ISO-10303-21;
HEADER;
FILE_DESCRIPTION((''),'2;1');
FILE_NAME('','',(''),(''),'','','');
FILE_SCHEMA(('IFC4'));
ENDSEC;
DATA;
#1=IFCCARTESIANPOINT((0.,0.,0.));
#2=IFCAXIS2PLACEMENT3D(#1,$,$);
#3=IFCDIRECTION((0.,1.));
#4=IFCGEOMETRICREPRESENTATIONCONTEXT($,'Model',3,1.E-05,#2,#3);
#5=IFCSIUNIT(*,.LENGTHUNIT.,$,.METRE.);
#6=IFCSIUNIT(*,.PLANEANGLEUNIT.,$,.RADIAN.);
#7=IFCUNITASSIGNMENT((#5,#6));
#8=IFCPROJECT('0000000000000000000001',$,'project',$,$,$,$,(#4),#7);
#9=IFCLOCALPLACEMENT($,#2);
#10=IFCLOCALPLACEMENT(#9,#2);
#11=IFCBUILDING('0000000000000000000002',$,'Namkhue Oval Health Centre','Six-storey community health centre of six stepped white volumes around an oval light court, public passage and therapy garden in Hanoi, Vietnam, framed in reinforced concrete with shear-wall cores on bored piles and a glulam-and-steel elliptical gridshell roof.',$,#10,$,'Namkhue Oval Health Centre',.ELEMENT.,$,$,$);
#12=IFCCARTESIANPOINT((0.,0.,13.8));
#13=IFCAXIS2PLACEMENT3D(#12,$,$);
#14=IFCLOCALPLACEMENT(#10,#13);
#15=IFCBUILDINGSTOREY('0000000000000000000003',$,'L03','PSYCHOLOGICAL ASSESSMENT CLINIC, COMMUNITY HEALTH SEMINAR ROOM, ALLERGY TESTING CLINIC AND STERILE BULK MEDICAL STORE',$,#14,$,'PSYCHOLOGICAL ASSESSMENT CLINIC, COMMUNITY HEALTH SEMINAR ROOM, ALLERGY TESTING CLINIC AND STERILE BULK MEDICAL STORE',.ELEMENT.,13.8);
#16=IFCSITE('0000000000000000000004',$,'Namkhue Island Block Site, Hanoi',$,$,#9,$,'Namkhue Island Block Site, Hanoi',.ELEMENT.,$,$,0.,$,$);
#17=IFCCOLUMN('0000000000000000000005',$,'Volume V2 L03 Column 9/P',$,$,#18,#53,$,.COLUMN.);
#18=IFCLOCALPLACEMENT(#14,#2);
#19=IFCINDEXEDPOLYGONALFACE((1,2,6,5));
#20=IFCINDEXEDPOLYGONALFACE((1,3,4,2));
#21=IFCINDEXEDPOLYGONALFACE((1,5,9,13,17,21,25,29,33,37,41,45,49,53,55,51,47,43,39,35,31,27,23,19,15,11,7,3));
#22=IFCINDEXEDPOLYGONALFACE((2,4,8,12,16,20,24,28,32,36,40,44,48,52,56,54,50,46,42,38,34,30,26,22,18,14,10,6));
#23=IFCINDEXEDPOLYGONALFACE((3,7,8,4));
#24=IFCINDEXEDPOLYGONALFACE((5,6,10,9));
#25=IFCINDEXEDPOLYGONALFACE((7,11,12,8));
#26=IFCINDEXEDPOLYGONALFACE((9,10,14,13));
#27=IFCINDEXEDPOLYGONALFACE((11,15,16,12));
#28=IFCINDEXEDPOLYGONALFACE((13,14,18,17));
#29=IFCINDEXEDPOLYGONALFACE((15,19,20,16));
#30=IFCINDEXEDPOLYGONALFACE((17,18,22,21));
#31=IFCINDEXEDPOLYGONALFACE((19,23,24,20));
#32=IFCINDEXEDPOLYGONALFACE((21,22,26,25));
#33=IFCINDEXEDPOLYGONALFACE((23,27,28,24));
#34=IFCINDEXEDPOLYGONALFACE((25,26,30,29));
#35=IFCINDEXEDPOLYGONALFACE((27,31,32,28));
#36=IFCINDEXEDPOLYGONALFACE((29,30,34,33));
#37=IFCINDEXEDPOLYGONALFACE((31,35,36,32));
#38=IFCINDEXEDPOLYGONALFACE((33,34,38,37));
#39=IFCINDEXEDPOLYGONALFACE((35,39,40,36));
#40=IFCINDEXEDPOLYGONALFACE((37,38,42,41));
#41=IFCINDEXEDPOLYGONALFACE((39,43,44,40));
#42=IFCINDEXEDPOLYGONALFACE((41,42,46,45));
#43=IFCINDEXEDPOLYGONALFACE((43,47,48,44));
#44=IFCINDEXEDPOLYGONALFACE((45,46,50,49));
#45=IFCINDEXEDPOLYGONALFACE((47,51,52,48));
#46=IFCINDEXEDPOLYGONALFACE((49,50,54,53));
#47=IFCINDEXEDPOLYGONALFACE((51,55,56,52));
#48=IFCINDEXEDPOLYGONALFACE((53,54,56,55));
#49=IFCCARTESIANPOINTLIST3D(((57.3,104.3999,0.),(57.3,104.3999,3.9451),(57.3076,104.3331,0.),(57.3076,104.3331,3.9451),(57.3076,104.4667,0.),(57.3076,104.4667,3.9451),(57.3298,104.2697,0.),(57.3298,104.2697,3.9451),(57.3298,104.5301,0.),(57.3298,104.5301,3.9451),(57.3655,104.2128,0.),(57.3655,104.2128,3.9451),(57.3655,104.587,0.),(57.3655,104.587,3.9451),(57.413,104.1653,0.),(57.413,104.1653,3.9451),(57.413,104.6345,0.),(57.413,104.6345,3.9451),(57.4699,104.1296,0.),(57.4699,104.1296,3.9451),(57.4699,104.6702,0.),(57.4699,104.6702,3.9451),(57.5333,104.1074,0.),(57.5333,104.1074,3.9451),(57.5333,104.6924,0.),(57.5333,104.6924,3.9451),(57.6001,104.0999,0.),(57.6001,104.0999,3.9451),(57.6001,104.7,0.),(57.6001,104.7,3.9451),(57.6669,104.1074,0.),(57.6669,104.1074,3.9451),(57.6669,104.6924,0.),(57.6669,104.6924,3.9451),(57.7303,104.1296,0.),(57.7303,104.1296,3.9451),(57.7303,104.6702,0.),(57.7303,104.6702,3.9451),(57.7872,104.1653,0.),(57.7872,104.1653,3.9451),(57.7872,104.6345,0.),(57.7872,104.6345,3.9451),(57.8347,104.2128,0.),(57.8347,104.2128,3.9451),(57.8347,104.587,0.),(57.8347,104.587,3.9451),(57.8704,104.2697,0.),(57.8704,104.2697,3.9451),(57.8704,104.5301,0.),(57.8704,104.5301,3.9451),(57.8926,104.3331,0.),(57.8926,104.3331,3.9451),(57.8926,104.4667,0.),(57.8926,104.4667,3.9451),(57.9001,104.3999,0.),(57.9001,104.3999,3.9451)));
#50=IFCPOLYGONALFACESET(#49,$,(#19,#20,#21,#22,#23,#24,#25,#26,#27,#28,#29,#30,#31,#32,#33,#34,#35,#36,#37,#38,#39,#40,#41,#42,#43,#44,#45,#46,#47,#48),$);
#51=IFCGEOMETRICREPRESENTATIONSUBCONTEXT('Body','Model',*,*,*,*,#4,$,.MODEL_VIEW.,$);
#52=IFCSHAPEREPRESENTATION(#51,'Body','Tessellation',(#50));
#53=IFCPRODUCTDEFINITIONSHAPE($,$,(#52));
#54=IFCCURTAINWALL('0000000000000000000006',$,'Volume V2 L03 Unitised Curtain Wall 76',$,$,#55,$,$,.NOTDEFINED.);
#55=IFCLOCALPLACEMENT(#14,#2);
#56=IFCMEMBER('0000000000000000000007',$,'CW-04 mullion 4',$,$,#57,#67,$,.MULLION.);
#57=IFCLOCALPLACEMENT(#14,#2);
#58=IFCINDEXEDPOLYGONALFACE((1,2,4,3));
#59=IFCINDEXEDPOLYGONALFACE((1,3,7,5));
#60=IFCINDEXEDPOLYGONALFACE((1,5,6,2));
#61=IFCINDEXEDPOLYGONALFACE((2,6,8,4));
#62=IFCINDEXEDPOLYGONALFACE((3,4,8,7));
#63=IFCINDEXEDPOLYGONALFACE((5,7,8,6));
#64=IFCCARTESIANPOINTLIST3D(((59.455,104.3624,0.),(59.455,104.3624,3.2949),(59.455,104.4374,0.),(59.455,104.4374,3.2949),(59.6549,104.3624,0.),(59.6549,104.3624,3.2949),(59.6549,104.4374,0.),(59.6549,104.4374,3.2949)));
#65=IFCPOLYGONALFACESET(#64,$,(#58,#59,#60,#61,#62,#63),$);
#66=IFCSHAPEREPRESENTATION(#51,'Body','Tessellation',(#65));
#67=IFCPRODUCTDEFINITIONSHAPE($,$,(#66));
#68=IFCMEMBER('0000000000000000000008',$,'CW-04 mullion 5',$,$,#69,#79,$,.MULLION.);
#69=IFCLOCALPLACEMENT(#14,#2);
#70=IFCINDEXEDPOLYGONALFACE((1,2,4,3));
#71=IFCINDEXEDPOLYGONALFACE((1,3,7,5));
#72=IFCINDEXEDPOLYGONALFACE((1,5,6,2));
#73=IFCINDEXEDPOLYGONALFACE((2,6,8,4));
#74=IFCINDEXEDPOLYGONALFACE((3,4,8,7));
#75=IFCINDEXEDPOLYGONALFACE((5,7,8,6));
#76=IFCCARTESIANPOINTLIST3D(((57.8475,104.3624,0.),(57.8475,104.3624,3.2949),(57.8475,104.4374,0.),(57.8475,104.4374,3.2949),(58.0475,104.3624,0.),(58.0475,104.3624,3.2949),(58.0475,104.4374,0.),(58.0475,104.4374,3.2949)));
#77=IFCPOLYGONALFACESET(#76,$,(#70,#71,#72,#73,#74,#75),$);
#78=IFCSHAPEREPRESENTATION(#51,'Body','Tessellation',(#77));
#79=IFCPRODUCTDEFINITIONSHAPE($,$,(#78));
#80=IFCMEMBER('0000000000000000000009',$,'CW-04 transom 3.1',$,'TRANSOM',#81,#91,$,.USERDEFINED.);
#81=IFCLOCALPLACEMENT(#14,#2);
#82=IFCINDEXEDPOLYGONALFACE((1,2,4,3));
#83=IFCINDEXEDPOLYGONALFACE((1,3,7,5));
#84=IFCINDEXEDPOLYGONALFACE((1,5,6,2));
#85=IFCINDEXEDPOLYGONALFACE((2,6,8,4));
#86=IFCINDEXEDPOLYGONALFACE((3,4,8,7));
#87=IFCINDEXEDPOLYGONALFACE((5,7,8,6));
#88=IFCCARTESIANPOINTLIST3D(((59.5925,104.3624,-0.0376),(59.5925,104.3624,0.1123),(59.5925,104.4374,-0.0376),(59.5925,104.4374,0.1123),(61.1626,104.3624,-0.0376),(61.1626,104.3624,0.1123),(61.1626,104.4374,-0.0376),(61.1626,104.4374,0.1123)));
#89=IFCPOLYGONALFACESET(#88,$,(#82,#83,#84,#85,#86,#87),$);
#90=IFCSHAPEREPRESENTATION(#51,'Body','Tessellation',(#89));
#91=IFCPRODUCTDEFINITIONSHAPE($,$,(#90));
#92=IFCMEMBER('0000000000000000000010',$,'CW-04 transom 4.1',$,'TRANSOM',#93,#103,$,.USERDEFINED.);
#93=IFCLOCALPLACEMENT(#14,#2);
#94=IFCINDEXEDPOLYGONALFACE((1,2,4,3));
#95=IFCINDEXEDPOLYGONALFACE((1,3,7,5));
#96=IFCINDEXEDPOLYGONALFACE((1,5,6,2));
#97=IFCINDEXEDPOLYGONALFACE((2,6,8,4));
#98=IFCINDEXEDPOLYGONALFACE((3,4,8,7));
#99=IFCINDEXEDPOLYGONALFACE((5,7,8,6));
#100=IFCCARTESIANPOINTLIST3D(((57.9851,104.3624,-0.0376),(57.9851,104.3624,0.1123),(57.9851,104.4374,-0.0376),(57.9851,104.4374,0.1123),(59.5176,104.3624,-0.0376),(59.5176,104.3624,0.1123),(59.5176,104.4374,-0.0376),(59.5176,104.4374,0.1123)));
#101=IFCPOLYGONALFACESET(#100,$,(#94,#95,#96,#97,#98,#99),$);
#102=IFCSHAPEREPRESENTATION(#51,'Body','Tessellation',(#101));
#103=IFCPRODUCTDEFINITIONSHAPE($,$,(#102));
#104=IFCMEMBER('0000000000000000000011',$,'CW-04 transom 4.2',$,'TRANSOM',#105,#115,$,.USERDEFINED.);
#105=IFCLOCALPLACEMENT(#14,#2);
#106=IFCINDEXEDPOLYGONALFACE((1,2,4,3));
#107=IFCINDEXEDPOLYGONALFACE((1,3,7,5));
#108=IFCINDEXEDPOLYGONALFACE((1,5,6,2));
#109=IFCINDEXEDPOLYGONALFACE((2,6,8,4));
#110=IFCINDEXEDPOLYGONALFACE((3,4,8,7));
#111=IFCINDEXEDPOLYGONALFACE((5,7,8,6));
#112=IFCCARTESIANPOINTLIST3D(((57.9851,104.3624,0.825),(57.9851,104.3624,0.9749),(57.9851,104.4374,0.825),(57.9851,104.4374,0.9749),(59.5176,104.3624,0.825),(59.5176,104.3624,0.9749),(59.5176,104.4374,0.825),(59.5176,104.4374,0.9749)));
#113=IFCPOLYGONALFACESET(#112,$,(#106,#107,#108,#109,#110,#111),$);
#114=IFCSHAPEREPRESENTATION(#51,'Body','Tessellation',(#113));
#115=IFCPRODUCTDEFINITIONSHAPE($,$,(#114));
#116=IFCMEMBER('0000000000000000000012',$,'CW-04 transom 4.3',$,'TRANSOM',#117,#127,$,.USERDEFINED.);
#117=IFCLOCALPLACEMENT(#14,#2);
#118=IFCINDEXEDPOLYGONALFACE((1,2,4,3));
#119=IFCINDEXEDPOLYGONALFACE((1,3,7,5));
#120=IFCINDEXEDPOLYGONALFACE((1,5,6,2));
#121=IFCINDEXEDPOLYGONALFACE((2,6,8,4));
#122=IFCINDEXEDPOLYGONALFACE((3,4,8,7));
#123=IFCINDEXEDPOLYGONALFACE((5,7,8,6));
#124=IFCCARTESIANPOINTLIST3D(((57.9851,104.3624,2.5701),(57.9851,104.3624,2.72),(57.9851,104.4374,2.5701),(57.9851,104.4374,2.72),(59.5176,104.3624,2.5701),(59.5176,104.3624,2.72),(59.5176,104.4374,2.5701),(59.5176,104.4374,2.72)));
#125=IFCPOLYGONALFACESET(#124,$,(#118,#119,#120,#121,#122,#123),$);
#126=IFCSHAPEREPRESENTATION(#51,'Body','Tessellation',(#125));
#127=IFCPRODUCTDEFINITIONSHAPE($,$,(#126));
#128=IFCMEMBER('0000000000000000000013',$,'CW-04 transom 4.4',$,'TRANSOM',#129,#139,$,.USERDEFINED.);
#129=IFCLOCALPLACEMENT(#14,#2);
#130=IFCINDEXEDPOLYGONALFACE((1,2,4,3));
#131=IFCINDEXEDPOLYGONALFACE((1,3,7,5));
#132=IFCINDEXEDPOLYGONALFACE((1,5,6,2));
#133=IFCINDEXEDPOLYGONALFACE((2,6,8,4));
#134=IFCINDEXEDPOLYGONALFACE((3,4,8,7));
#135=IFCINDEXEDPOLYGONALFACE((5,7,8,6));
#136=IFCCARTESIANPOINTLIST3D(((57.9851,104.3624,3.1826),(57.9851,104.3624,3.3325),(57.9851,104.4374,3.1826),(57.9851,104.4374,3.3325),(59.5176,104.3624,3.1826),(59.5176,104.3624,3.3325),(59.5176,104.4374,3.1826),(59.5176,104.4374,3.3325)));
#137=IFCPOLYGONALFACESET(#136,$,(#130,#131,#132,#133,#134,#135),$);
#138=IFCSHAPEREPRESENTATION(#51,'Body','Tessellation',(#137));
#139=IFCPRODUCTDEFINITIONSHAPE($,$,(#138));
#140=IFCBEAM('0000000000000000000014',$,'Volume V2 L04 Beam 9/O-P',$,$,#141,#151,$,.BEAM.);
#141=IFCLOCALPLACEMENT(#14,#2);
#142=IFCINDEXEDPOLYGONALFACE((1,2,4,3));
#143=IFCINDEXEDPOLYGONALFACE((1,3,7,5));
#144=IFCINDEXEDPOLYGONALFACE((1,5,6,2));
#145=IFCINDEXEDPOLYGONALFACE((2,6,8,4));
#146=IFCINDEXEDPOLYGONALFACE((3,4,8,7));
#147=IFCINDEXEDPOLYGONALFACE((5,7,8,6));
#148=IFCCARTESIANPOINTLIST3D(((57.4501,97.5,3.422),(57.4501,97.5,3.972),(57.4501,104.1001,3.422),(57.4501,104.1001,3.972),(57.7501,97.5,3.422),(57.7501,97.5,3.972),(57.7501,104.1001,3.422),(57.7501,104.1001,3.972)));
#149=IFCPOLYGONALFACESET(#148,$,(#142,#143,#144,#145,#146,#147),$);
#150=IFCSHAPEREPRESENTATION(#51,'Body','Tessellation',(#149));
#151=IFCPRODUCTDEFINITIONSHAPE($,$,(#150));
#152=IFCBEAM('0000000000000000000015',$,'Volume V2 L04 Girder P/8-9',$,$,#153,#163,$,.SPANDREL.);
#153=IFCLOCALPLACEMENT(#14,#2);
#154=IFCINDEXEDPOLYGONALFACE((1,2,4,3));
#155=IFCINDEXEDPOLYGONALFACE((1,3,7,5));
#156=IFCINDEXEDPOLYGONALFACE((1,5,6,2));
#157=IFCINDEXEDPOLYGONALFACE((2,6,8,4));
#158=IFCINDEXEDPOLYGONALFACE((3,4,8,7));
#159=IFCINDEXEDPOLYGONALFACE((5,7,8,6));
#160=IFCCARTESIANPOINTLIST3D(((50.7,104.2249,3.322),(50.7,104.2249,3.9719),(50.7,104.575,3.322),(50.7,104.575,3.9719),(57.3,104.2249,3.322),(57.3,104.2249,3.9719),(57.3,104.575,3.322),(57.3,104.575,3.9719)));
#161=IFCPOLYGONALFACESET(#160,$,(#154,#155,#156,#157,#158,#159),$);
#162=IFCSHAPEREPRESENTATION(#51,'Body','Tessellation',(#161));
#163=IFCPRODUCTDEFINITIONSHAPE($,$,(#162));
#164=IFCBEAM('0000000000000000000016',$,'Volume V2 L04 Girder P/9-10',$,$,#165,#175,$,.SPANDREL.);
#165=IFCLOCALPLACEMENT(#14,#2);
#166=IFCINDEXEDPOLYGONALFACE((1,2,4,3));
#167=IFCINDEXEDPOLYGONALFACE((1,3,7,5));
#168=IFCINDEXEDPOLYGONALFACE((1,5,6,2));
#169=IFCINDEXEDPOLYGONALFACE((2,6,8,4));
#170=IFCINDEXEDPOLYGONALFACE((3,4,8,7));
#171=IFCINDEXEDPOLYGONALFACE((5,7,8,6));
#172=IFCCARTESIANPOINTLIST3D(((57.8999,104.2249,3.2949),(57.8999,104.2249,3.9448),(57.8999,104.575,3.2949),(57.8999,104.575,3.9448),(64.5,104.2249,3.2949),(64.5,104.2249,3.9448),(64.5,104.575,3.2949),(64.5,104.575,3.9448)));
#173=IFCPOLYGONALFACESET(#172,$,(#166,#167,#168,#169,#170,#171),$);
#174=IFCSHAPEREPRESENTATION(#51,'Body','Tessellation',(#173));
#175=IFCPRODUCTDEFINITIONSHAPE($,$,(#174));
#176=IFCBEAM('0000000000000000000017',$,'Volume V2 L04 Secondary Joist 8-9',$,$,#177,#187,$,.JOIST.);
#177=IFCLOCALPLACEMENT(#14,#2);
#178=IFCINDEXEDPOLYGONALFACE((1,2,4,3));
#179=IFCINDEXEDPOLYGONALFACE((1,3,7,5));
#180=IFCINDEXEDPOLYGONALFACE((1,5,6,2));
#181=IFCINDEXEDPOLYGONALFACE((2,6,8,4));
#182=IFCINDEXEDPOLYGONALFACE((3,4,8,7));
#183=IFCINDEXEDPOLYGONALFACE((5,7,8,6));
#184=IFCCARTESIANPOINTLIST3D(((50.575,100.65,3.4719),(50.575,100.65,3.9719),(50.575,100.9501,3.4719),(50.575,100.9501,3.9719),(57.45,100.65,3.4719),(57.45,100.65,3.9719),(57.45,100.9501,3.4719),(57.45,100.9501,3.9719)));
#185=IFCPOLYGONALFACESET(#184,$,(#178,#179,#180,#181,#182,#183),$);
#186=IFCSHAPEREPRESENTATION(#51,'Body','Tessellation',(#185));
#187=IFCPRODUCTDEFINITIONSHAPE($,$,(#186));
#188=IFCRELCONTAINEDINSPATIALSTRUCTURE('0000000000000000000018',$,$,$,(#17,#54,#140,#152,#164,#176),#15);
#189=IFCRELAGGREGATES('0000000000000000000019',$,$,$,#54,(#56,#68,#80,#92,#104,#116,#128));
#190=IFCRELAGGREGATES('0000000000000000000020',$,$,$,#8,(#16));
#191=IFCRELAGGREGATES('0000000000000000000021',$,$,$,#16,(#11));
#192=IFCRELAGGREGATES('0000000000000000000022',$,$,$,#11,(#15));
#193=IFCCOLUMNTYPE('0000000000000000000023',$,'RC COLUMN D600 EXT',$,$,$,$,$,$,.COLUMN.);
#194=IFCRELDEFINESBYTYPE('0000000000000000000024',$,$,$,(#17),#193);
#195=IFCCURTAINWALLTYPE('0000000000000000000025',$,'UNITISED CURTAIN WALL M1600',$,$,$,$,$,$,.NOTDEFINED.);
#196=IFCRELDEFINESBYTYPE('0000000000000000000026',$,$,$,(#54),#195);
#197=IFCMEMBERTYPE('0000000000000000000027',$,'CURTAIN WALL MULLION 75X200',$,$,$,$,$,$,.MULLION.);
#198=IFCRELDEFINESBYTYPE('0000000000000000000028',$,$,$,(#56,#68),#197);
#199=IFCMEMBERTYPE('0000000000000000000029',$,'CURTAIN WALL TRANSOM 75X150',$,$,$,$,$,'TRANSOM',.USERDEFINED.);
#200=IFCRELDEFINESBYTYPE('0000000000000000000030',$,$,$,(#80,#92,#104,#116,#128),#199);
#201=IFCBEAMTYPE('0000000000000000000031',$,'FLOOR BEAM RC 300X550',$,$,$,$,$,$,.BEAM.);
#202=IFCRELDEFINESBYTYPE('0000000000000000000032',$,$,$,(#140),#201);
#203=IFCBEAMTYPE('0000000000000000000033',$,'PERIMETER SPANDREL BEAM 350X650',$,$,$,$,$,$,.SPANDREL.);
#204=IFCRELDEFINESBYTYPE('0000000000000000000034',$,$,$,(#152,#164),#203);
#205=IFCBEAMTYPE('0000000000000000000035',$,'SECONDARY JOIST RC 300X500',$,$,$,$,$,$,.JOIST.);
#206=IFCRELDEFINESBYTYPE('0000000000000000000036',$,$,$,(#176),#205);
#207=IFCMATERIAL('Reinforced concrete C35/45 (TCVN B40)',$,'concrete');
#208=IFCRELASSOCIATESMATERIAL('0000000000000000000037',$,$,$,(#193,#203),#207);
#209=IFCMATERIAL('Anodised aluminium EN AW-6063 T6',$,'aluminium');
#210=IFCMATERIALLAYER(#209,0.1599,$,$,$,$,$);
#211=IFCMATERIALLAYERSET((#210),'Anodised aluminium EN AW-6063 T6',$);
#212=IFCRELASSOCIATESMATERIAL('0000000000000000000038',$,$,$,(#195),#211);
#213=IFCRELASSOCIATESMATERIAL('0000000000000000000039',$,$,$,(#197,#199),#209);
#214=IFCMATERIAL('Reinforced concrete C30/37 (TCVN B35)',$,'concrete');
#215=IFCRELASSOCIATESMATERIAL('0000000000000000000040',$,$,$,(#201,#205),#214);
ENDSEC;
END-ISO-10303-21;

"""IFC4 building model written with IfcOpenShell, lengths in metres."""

from ifc_helpers import new_model, si_unit, direction, frame, origin, origin_2d, place, context, subcontext, project, spatial, rectangle, circle, extrude, material, layer, layer_set, material_profile, profile_set, type_object, element, aggregate, save


model = new_model("IFC4")

# Units and contexts
model_context = context("Model", 3, precision=1e-05, world=origin(), true_north=direction((0.0, 1.0)))
body_context = subcontext(model_context, "Body", "Model", "MODEL_VIEW")
ifc_project = project(units=[si_unit("LENGTHUNIT", "METRE"), si_unit("PLANEANGLEUNIT", "RADIAN")], contexts=[model_context])

# Site, building, storey
site_placement = place(None, origin())
site = spatial("IfcSite", under=ifc_project, at=site_placement, Name="Namkhue Island Block Site, Hanoi", LongName="Namkhue Island Block Site, Hanoi", CompositionType="ELEMENT", RefElevation=0.0)
building_placement = place(site_placement, origin())
building = spatial("IfcBuilding", under=site, at=building_placement, Name="Namkhue Oval Health Centre", Description="Six-storey community health centre of six stepped white volumes around an oval light court, public passage and therapy garden in Hanoi, Vietnam, framed in reinforced concrete with shear-wall cores on bored piles and a glulam-and-steel elliptical gridshell roof.", LongName="Namkhue Oval Health Centre", CompositionType="ELEMENT")
storey_placement = place(building_placement, frame((0.0, 0.0, 13.8)))
storey = spatial("IfcBuildingStorey", under=building, at=storey_placement, Name="L03", Description="PSYCHOLOGICAL ASSESSMENT CLINIC, COMMUNITY HEALTH SEMINAR ROOM, ALLERGY TESTING CLINIC AND STERILE BULK MEDICAL STORE", LongName="PSYCHOLOGICAL ASSESSMENT CLINIC, COMMUNITY HEALTH SEMINAR ROOM, ALLERGY TESTING CLINIC AND STERILE BULK MEDICAL STORE", CompositionType="ELEMENT", Elevation=13.8)

# Column
ifc_material_1 = material(Name="Reinforced concrete C35/45 (TCVN B40)", Category="concrete")
ifc_material_profile_1 = material_profile(ifc_material_1, circle(Radius=0.3, at=origin_2d()), Name="RC D600")
ifc_profile_set_1 = profile_set([ifc_material_profile_1], Name="Reinforced concrete C35/45 (TCVN B40)")
column_type = type_object("IfcColumnType", Name="RC COLUMN D600 EXT", PredefinedType="COLUMN", material=ifc_profile_set_1)
column_placement = place(storey_placement, frame((57.6001, 104.3999, 0.0), z_axis=(0.0, 0.0, 1.0), x_axis=(1.0, 0.0, 0.0)))
element("IfcColumn", 1, at=column_placement, inside=storey, type_object=column_type, Name="Volume V2 L03 Column 9/P", PredefinedType="COLUMN", context=body_context, shape_type="SweptSolid", body=[
    extrude(circle(Radius=0.3, at=origin_2d()), origin(), (0.0, 0.0, 1.0), 3.9451),
])

# Curtain wall, members
ifc_material_2 = material(Name="Anodised aluminium EN AW-6063 T6", Category="aluminium")
ifc_layer_1 = layer(ifc_material_2, 0.1599)
ifc_layer_set_1 = layer_set([ifc_layer_1], Name="Anodised aluminium EN AW-6063 T6")
curtain_wall_type = type_object("IfcCurtainWallType", Name="UNITISED CURTAIN WALL M1600", PredefinedType="NOTDEFINED", material=ifc_layer_set_1)
curtain_wall_placement = place(storey_placement, origin())
curtain_wall = element("IfcCurtainWall", 2, at=curtain_wall_placement, inside=storey, type_object=curtain_wall_type, Name="Volume V2 L03 Unitised Curtain Wall 76", PredefinedType="NOTDEFINED")
ifc_material_profile_2 = material_profile(ifc_material_2, rectangle(XDim=0.075, YDim=0.2, at=origin_2d()), Name="ALU 75x200")
ifc_profile_set_2 = profile_set([ifc_material_profile_2], Name="Anodised aluminium EN AW-6063 T6")
member_type_1 = type_object("IfcMemberType", Name="CURTAIN WALL MULLION 75X200", PredefinedType="MULLION", material=ifc_profile_set_2)
member_1_placement = place(storey_placement, frame((59.5549, 104.3999, 0.0), z_axis=(0.0, 0.0, 1.0), x_axis=(0.0, -1.0, 0.0)))
member_1 = element("IfcMember", 3, at=member_1_placement, type_object=member_type_1, Name="CW-04 mullion 4", PredefinedType="MULLION", context=body_context, shape_type="SweptSolid", body=[
    extrude(rectangle(XDim=0.075, YDim=0.2, at=origin_2d()), origin(), (0.0, 0.0, 1.0), 3.2949),
])
member_2_placement = place(storey_placement, frame((57.9475, 104.3999, 0.0), z_axis=(0.0, 0.0, 1.0), x_axis=(0.0, -1.0, 0.0)))
member_2 = element("IfcMember", 4, at=member_2_placement, type_object=member_type_1, Name="CW-04 mullion 5", PredefinedType="MULLION", context=body_context, shape_type="SweptSolid", body=[
    extrude(rectangle(XDim=0.075, YDim=0.2, at=origin_2d()), origin(), (0.0, 0.0, 1.0), 3.2949),
])
ifc_material_profile_3 = material_profile(ifc_material_2, rectangle(XDim=0.075, YDim=0.1499, at=origin_2d()), Name="ALU 75x150")
ifc_profile_set_3 = profile_set([ifc_material_profile_3], Name="Anodised aluminium EN AW-6063 T6")
member_type_2 = type_object("IfcMemberType", Name="CURTAIN WALL TRANSOM 75X150", ElementType="TRANSOM", PredefinedType="USERDEFINED", material=ifc_profile_set_3)
member_3_placement = place(storey_placement, frame((61.1626, 104.3999, 0.0374), z_axis=(-1.0, 0.0, 0.0), x_axis=(0.0, -1.0, 0.0)))
member_3 = element("IfcMember", 5, at=member_3_placement, type_object=member_type_2, Name="CW-04 transom 3.1", ObjectType="TRANSOM", PredefinedType="USERDEFINED", context=body_context, shape_type="SweptSolid", body=[
    extrude(rectangle(XDim=0.075, YDim=0.1499, at=origin_2d()), origin(), (0.0, 0.0, 1.0), 1.5701),
])
member_4_placement = place(storey_placement, frame((59.5176, 104.3999, 0.0374), z_axis=(-1.0, 0.0, 0.0), x_axis=(0.0, -1.0, 0.0)))
member_4 = element("IfcMember", 6, at=member_4_placement, type_object=member_type_2, Name="CW-04 transom 4.1", ObjectType="TRANSOM", PredefinedType="USERDEFINED", context=body_context, shape_type="SweptSolid", body=[
    extrude(rectangle(XDim=0.075, YDim=0.1499, at=origin_2d()), origin(), (0.0, 0.0, 1.0), 1.5325),
])
member_5_placement = place(storey_placement, frame((59.5176, 104.3999, 0.8999), z_axis=(-1.0, 0.0, 0.0), x_axis=(0.0, -1.0, 0.0)))
member_5 = element("IfcMember", 7, at=member_5_placement, type_object=member_type_2, Name="CW-04 transom 4.2", ObjectType="TRANSOM", PredefinedType="USERDEFINED", context=body_context, shape_type="SweptSolid", body=[
    extrude(rectangle(XDim=0.075, YDim=0.1499, at=origin_2d()), origin(), (0.0, 0.0, 1.0), 1.5325),
])
member_6_placement = place(storey_placement, frame((59.5176, 104.3999, 2.645), z_axis=(-1.0, 0.0, 0.0), x_axis=(0.0, -1.0, 0.0)))
member_6 = element("IfcMember", 8, at=member_6_placement, type_object=member_type_2, Name="CW-04 transom 4.3", ObjectType="TRANSOM", PredefinedType="USERDEFINED", context=body_context, shape_type="SweptSolid", body=[
    extrude(rectangle(XDim=0.075, YDim=0.1499, at=origin_2d()), origin(), (0.0, 0.0, 1.0), 1.5325),
])
member_7_placement = place(storey_placement, frame((59.5176, 104.3999, 3.2576), z_axis=(-1.0, 0.0, 0.0), x_axis=(0.0, -1.0, 0.0)))
member_7 = element("IfcMember", 9, at=member_7_placement, type_object=member_type_2, Name="CW-04 transom 4.4", ObjectType="TRANSOM", PredefinedType="USERDEFINED", context=body_context, shape_type="SweptSolid", body=[
    extrude(rectangle(XDim=0.075, YDim=0.1499, at=origin_2d()), origin(), (0.0, 0.0, 1.0), 1.5325),
])

# Beams
ifc_material_3 = material(Name="Reinforced concrete C30/37 (TCVN B35)", Category="concrete")
ifc_material_profile_4 = material_profile(ifc_material_3, rectangle(XDim=0.3, YDim=0.55, at=origin_2d()), Name="RC 300x550")
ifc_profile_set_4 = profile_set([ifc_material_profile_4], Name="Reinforced concrete C30/37 (TCVN B35)")
beam_type_1 = type_object("IfcBeamType", Name="FLOOR BEAM RC 300X550", PredefinedType="BEAM", material=ifc_profile_set_4)
beam_1_placement = place(storey_placement, frame((57.6001, 97.5, 3.697), z_axis=(0.0, 1.0, 0.0), x_axis=(-1.0, 0.0, 0.0)))
element("IfcBeam", 10, at=beam_1_placement, inside=storey, type_object=beam_type_1, Name="Volume V2 L04 Beam 9/O-P", PredefinedType="BEAM", context=body_context, shape_type="SweptSolid", body=[
    extrude(rectangle(XDim=0.3, YDim=0.55, at=origin_2d()), origin(), (0.0, 0.0, 1.0), 6.6001),
])
ifc_material_profile_5 = material_profile(ifc_material_1, rectangle(XDim=0.3501, YDim=0.6499, at=origin_2d()), Name="RC 350x650")
ifc_profile_set_5 = profile_set([ifc_material_profile_5], Name="Reinforced concrete C35/45 (TCVN B40)")
beam_type_2 = type_object("IfcBeamType", Name="PERIMETER SPANDREL BEAM 350X650", PredefinedType="SPANDREL", material=ifc_profile_set_5)
for number, where, z_axis, x_axis, name in (
    (11, (50.7, 104.3999, 3.647), (1.0, 0.0, 0.0), (0.0, 1.0, 0.0), "Volume V2 L04 Girder P/8-9"),
    (12, (57.8999, 104.3999, 3.6199), (1.0, 0.0, 0.0), (0.0, 1.0, 0.0), "Volume V2 L04 Girder P/9-10"),
):
    element("IfcBeam", number, at=place(storey_placement, frame(where, z_axis=z_axis, x_axis=x_axis)), inside=storey, type_object=beam_type_2, Name=name, PredefinedType="SPANDREL", context=body_context, shape_type="SweptSolid", body=[
        extrude(rectangle(XDim=0.3501, YDim=0.6499, at=origin_2d()), origin(), (0.0, 0.0, 1.0), 6.6001),
    ])
ifc_material_profile_6 = material_profile(ifc_material_3, rectangle(XDim=0.3, YDim=0.5, at=origin_2d()), Name="RC 300x500")
ifc_profile_set_6 = profile_set([ifc_material_profile_6], Name="Reinforced concrete C30/37 (TCVN B35)")
beam_type_3 = type_object("IfcBeamType", Name="SECONDARY JOIST RC 300X500", PredefinedType="JOIST", material=ifc_profile_set_6)
beam_2_placement = place(storey_placement, frame((50.575, 100.8, 3.7219), z_axis=(1.0, 0.0, 0.0), x_axis=(0.0, 1.0, 0.0)))
element("IfcBeam", 13, at=beam_2_placement, inside=storey, type_object=beam_type_3, Name="Volume V2 L04 Secondary Joist 8-9", PredefinedType="JOIST", context=body_context, shape_type="SweptSolid", body=[
    extrude(rectangle(XDim=0.3, YDim=0.5, at=origin_2d()), origin(), (0.0, 0.0, 1.0), 6.875),
])

aggregate(curtain_wall, [member_1, member_2, member_3, member_4, member_5, member_6, member_7])

save(model, "model.ifc")
